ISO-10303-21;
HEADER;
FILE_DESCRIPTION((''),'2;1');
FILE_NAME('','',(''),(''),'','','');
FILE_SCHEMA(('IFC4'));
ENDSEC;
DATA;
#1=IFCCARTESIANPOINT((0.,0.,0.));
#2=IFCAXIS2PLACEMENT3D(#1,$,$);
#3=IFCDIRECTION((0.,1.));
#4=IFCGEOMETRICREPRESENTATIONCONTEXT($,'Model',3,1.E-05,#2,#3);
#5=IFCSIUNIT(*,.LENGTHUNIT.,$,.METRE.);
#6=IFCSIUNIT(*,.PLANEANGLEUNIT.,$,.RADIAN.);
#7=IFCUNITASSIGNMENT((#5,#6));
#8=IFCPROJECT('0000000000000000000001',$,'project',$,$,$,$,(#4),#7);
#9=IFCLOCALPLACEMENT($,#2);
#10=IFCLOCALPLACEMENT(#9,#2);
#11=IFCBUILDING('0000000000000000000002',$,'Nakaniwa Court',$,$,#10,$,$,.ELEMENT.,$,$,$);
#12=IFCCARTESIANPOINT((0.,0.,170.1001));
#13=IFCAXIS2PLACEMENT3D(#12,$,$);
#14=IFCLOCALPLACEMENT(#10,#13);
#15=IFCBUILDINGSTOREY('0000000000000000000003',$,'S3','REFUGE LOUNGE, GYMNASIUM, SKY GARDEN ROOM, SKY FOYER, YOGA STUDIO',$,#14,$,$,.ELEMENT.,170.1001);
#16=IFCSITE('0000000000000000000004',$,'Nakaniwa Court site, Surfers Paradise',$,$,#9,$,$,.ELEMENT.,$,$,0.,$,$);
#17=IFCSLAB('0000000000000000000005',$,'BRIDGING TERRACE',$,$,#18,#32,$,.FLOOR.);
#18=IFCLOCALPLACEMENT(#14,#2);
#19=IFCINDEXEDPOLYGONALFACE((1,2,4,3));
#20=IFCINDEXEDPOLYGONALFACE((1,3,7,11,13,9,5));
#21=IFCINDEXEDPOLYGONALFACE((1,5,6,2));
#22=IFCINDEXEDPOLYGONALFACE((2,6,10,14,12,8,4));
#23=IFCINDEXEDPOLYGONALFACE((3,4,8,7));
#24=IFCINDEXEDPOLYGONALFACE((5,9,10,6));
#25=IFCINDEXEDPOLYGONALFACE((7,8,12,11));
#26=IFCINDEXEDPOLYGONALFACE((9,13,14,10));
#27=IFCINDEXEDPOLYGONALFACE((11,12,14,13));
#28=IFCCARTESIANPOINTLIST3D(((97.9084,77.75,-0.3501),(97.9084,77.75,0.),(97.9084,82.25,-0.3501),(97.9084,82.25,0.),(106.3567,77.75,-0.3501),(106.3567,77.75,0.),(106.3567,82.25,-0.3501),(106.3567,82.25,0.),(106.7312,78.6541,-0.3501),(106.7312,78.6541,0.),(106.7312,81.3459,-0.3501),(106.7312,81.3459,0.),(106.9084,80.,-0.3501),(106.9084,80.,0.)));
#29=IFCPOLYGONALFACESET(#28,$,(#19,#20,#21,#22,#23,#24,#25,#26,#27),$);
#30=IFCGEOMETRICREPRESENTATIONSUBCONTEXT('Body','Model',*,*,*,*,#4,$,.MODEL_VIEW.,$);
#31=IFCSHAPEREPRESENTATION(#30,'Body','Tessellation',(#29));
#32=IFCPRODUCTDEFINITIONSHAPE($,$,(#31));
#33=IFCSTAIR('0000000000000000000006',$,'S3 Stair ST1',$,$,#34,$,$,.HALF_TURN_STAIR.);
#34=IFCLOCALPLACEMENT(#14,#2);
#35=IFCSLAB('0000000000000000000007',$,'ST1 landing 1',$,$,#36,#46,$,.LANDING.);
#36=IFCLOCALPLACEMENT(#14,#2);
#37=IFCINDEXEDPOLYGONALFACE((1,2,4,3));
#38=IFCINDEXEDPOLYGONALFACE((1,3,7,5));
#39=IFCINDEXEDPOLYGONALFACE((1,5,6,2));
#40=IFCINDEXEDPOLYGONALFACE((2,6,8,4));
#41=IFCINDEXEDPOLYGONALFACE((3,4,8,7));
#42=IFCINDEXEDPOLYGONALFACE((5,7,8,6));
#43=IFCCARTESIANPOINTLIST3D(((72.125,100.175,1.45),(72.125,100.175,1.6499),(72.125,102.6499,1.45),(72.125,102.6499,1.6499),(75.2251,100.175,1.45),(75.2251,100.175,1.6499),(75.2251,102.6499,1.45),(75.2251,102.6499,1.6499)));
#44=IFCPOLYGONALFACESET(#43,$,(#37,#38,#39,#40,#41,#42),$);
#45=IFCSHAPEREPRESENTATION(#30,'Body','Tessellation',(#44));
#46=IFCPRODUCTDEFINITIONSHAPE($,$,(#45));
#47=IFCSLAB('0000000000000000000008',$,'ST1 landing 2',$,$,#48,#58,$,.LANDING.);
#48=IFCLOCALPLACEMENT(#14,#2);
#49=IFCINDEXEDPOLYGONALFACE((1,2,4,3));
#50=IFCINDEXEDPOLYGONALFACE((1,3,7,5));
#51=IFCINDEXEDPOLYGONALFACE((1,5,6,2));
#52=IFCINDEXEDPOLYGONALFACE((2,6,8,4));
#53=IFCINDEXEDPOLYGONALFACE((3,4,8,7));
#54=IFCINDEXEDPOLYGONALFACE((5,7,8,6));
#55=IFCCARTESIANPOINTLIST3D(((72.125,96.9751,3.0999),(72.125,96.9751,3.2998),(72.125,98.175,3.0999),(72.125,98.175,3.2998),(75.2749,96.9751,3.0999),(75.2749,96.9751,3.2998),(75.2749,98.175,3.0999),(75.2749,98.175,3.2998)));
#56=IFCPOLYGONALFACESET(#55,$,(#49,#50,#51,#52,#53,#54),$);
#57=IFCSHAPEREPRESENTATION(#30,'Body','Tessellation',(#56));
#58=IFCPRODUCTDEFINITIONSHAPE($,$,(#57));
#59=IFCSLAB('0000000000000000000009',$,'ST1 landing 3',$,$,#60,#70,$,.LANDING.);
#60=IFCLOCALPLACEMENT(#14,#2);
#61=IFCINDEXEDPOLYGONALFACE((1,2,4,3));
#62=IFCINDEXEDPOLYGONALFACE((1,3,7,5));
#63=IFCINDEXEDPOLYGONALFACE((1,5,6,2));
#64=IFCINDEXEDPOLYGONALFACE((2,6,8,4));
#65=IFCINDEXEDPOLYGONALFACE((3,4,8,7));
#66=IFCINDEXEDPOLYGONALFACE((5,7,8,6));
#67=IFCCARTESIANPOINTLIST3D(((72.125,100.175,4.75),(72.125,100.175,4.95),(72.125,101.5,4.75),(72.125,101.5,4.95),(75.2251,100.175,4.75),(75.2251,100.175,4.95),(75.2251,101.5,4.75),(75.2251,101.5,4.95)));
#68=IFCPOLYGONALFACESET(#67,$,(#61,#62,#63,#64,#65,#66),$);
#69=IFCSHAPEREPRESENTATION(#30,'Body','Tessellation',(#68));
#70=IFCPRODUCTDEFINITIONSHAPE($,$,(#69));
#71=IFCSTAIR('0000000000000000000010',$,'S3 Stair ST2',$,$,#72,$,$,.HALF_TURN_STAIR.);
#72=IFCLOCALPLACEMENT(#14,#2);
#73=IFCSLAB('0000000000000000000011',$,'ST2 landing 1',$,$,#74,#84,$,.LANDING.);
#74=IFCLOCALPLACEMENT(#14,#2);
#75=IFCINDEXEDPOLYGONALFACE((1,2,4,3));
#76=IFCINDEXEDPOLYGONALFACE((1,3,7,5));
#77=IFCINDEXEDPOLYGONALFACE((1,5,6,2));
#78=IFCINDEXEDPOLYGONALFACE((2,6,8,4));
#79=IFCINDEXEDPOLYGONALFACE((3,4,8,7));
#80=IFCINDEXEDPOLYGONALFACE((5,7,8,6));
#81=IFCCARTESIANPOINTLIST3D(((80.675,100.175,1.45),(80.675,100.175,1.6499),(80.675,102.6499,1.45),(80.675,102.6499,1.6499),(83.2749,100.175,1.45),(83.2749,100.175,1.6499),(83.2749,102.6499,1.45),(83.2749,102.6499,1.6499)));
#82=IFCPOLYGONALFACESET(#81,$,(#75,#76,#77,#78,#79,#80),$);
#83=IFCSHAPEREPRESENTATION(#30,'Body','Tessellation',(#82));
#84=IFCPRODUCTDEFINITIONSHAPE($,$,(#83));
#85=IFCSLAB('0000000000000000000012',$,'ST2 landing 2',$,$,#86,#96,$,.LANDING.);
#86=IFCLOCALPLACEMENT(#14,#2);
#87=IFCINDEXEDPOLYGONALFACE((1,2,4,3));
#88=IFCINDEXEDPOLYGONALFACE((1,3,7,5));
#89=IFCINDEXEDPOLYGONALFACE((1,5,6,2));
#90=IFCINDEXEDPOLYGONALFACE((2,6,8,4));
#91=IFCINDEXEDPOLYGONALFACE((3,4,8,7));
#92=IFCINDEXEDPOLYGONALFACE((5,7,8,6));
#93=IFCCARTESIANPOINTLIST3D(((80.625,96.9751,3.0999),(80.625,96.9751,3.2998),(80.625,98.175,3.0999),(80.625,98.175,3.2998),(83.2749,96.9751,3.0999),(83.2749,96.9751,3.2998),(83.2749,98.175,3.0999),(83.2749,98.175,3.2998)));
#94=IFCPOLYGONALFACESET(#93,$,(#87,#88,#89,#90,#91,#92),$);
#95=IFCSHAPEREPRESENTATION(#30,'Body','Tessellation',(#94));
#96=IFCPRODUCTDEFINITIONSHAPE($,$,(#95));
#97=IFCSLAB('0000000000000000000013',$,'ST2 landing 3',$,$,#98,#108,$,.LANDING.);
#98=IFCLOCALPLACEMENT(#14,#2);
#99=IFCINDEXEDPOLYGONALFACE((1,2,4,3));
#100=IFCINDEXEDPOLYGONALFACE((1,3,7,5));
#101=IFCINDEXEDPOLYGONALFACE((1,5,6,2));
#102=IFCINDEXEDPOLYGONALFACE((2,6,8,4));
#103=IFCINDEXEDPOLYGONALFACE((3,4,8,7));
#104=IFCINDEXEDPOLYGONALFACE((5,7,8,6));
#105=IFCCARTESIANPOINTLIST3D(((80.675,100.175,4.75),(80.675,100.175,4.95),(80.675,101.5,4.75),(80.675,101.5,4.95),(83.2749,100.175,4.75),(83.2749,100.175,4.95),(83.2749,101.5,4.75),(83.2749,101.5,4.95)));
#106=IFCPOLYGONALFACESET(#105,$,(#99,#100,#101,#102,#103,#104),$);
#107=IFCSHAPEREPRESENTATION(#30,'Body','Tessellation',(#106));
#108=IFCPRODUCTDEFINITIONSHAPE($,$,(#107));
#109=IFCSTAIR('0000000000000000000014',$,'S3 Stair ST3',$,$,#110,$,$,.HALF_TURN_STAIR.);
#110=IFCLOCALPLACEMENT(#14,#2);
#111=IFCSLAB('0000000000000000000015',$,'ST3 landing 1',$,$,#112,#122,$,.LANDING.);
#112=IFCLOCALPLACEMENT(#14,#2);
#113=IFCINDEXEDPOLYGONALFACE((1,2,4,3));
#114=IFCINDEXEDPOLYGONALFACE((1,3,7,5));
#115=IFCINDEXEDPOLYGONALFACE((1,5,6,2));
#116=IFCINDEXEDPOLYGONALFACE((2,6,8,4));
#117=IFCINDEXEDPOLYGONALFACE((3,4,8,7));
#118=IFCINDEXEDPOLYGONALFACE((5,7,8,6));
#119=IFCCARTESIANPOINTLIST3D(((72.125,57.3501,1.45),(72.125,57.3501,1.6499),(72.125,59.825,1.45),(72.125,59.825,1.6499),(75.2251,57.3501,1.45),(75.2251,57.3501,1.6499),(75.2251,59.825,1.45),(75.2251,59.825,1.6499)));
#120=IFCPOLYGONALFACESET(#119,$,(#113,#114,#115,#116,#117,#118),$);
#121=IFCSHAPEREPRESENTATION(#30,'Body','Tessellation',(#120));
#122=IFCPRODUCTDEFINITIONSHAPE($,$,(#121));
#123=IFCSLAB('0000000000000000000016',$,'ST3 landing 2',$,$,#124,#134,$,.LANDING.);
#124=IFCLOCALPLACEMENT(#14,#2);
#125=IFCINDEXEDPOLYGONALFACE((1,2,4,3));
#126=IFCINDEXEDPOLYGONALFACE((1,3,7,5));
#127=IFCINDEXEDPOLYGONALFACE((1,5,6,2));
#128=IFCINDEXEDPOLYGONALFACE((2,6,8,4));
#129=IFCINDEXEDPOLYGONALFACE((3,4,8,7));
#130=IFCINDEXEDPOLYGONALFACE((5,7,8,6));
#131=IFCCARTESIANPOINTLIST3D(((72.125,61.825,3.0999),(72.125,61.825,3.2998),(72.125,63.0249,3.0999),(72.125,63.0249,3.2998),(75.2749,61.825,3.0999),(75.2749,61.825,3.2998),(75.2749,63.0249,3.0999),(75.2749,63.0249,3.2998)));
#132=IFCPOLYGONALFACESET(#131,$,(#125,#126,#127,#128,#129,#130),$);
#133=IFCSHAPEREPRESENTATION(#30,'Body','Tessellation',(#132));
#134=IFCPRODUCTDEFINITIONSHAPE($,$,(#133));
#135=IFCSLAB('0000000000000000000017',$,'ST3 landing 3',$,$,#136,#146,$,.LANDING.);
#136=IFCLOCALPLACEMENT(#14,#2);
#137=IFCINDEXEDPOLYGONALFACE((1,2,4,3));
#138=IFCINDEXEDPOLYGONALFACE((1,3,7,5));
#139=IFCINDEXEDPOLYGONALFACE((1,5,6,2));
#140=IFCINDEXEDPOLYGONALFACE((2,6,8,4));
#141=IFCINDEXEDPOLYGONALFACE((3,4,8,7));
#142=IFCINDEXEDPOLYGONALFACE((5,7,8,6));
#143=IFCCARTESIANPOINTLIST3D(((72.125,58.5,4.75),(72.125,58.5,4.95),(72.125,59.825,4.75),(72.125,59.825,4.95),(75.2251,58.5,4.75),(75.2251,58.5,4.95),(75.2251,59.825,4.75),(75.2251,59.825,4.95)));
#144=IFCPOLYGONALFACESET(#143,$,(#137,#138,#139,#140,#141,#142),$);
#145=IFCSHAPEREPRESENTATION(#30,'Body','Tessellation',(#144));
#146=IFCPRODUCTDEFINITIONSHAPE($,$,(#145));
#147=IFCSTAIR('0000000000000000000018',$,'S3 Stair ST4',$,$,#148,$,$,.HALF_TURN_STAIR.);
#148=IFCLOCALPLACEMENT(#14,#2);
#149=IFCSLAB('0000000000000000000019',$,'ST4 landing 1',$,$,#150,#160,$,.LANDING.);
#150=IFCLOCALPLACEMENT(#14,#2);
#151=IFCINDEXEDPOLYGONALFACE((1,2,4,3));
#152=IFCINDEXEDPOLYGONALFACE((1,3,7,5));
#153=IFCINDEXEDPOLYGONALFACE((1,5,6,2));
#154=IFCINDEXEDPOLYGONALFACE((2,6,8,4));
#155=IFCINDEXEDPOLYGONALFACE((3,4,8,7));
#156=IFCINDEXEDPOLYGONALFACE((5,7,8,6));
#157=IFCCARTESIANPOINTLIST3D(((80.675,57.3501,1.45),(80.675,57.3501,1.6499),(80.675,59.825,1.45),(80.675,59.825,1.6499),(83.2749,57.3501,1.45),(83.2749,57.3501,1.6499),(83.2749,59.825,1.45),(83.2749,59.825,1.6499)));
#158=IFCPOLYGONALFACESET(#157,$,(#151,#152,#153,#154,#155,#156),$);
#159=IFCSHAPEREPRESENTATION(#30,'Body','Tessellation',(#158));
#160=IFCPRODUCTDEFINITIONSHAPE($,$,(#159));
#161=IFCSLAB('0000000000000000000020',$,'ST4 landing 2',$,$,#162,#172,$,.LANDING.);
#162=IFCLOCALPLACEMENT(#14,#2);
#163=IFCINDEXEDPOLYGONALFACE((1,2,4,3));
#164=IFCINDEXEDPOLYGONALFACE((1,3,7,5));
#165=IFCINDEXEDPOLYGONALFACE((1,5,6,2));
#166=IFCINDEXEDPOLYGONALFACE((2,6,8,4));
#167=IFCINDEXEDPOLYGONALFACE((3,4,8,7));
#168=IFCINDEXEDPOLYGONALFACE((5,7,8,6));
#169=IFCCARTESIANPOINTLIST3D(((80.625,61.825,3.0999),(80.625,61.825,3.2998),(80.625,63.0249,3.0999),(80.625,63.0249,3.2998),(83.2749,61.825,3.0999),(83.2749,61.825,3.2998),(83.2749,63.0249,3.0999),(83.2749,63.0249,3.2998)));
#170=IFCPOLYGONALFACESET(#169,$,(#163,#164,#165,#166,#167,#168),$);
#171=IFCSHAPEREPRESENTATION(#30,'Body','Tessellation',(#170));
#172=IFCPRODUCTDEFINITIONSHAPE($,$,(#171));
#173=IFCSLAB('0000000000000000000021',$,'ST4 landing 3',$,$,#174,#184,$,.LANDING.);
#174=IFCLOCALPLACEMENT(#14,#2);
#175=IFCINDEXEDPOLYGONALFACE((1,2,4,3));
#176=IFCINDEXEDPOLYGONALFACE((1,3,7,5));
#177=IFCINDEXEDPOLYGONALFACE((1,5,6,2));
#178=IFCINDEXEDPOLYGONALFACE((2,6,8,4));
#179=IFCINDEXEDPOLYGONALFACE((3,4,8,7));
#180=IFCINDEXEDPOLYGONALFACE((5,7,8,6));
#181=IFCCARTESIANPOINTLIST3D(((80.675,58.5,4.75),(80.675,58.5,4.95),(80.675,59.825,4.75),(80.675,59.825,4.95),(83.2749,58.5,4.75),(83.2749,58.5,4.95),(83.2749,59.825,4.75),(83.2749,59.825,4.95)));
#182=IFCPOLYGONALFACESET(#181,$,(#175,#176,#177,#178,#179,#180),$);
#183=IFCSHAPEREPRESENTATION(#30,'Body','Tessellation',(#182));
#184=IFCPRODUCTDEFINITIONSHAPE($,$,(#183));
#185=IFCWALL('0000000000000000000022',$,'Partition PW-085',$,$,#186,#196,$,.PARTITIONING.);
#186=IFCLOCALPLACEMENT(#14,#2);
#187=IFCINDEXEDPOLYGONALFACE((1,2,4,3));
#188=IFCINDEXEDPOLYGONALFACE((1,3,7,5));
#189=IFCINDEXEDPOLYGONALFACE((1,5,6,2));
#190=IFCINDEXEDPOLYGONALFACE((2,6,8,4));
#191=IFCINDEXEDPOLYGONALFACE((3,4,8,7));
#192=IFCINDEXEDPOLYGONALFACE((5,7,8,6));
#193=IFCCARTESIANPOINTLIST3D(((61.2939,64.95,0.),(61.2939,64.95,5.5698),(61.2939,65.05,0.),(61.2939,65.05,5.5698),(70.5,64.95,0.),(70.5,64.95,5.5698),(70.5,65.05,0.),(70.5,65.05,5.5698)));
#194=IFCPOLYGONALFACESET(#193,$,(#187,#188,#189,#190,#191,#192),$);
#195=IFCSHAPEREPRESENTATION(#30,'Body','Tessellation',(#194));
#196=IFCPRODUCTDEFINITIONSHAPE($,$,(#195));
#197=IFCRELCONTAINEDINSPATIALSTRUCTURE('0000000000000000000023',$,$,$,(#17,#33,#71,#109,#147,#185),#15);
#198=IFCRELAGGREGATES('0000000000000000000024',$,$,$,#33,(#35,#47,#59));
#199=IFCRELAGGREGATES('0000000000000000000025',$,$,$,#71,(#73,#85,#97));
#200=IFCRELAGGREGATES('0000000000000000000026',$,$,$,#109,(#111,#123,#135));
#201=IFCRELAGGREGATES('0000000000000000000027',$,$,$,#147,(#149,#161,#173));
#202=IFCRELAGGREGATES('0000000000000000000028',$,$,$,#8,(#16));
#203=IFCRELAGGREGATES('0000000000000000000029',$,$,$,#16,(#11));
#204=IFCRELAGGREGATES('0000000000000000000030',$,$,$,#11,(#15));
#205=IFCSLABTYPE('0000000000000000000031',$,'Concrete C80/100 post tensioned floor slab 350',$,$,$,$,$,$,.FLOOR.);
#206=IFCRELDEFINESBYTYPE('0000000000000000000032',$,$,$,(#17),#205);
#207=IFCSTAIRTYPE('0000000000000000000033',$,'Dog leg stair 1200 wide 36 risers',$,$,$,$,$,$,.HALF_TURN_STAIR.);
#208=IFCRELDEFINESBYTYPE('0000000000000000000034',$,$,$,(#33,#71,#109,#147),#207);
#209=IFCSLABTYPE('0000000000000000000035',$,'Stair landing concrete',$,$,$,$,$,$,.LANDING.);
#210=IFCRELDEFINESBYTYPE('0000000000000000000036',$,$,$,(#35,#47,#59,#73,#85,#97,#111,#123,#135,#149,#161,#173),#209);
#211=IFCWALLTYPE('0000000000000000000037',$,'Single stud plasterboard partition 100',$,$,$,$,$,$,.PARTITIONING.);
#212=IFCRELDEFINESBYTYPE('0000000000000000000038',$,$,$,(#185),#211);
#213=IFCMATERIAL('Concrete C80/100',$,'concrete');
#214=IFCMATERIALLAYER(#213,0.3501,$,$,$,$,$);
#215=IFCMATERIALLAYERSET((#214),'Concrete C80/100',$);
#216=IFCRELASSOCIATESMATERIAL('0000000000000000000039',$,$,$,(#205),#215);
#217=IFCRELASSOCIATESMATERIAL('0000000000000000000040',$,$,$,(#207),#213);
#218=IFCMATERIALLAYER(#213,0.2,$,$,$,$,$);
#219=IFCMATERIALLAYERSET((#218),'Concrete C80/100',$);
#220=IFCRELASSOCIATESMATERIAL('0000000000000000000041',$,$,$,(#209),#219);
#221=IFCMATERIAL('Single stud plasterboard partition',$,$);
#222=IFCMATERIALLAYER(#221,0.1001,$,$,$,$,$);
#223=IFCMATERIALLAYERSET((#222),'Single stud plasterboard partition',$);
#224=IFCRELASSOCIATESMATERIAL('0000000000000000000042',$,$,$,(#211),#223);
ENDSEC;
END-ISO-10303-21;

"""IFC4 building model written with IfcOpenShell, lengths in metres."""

from ifc_helpers import new_model, si_unit, direction, frame, frame_2d, origin, place, context, subcontext, project, spatial, polyline, rectangle, outline, extrude, material, layer, layer_set, type_object, element, aggregate, save


model = new_model("IFC4")

# Units and contexts
model_context = context("Model", 3, precision=1e-05, world=origin(), true_north=direction((0.0, 1.0)))
body_context = subcontext(model_context, "Body", "Model", "MODEL_VIEW")
ifc_project = project(units=[si_unit("LENGTHUNIT", "METRE"), si_unit("PLANEANGLEUNIT", "RADIAN")], contexts=[model_context])

# Site, building, storey
site_placement = place(None, origin())
site = spatial("IfcSite", under=ifc_project, at=site_placement, Name="Nakaniwa Court site, Surfers Paradise", CompositionType="ELEMENT", RefElevation=0.0)
building_placement = place(site_placement, origin())
building = spatial("IfcBuilding", under=site, at=building_placement, Name="Nakaniwa Court", CompositionType="ELEMENT")
storey_placement = place(building_placement, frame((0.0, 0.0, 170.1001)))
storey = spatial("IfcBuildingStorey", under=building, at=storey_placement, Name="S3", Description="REFUGE LOUNGE, GYMNASIUM, SKY GARDEN ROOM, SKY FOYER, YOGA STUDIO", CompositionType="ELEMENT", Elevation=170.1001)

# Shared definitions
ifc_material_1 = material(Name="Concrete C80/100", Category="concrete")

# Slab
ifc_layer_1 = layer(ifc_material_1, 0.3501)
ifc_layer_set_1 = layer_set([ifc_layer_1], Name="Concrete C80/100")
slab_type_1 = type_object("IfcSlabType", Name="Concrete C80/100 post tensioned floor slab 350", PredefinedType="FLOOR", material=ifc_layer_set_1)
slab_1_placement = place(storey_placement, frame((0.0, 0.0, -0.3501)))
element("IfcSlab", 1, at=slab_1_placement, inside=storey, type_object=slab_type_1, Name="BRIDGING TERRACE", PredefinedType="FLOOR", context=body_context, shape_type="SweptSolid", body=[
    extrude(outline(polyline([(97.9084, 77.75), (106.3567, 77.75), (106.7312, 78.6541), (106.9084, 80.0), (106.7312, 81.3459), (106.3567, 82.25), (97.9084, 82.25), (97.9084, 77.75)])), origin(), (0.0, 0.0, 1.0), 0.3501),
])

# Stairs, slabs
stair_type = type_object("IfcStairType", Name="Dog leg stair 1200 wide 36 risers", PredefinedType="HALF_TURN_STAIR", material=ifc_material_1)
stair_1_placement = place(storey_placement, origin())
stair_1 = element("IfcStair", 2, at=stair_1_placement, inside=storey, type_object=stair_type, Name="S3 Stair ST1", PredefinedType="HALF_TURN_STAIR")
ifc_layer_2 = layer(ifc_material_1, 0.2)
ifc_layer_set_2 = layer_set([ifc_layer_2], Name="Concrete C80/100")
slab_type_2 = type_object("IfcSlabType", Name="Stair landing concrete", PredefinedType="LANDING", material=ifc_layer_set_2)
slab_2_placement = place(storey_placement, frame((0.0, 0.0, 1.45)))
slab_2 = element("IfcSlab", 3, at=slab_2_placement, type_object=slab_type_2, Name="ST1 landing 1", PredefinedType="LANDING", context=body_context, shape_type="SweptSolid", body=[
    extrude(outline(polyline([(75.2251, 100.175), (75.2251, 102.6499), (72.125, 102.6499), (72.125, 100.175), (75.2251, 100.175)])), origin(), (0.0, 0.0, 1.0), 0.2),
])
slab_3_placement = place(storey_placement, frame((0.0, 0.0, 3.0999)))
slab_3 = element("IfcSlab", 4, at=slab_3_placement, type_object=slab_type_2, Name="ST1 landing 2", PredefinedType="LANDING", context=body_context, shape_type="SweptSolid", body=[
    extrude(outline(polyline([(75.2749, 96.9751), (75.2749, 98.175), (72.125, 98.175), (72.125, 96.9751), (75.2749, 96.9751)])), origin(), (0.0, 0.0, 1.0), 0.2),
])
slab_4_placement = place(storey_placement, frame((0.0, 0.0, 4.75)))
slab_4 = element("IfcSlab", 5, at=slab_4_placement, type_object=slab_type_2, Name="ST1 landing 3", PredefinedType="LANDING", context=body_context, shape_type="SweptSolid", body=[
    extrude(outline(polyline([(75.2251, 100.175), (75.2251, 101.5), (72.125, 101.5), (72.125, 100.175), (75.2251, 100.175)])), origin(), (0.0, 0.0, 1.0), 0.2),
])
aggregate(stair_1, [slab_2, slab_3, slab_4])
stair_2_placement = place(storey_placement, origin())
stair_2 = element("IfcStair", 6, at=stair_2_placement, inside=storey, type_object=stair_type, Name="S3 Stair ST2", PredefinedType="HALF_TURN_STAIR")
slab_5_placement = place(storey_placement, frame((0.0, 0.0, 1.45)))
slab_5 = element("IfcSlab", 7, at=slab_5_placement, type_object=slab_type_2, Name="ST2 landing 1", PredefinedType="LANDING", context=body_context, shape_type="SweptSolid", body=[
    extrude(outline(polyline([(83.2749, 100.175), (83.2749, 102.6499), (80.675, 102.6499), (80.675, 100.175), (83.2749, 100.175)])), origin(), (0.0, 0.0, 1.0), 0.2),
])
slab_6_placement = place(storey_placement, frame((0.0, 0.0, 3.0999)))
slab_6 = element("IfcSlab", 8, at=slab_6_placement, type_object=slab_type_2, Name="ST2 landing 2", PredefinedType="LANDING", context=body_context, shape_type="SweptSolid", body=[
    extrude(outline(polyline([(83.2749, 96.9751), (83.2749, 98.175), (80.625, 98.175), (80.625, 96.9751), (83.2749, 96.9751)])), origin(), (0.0, 0.0, 1.0), 0.2),
])
slab_7_placement = place(storey_placement, frame((0.0, 0.0, 4.75)))
slab_7 = element("IfcSlab", 9, at=slab_7_placement, type_object=slab_type_2, Name="ST2 landing 3", PredefinedType="LANDING", context=body_context, shape_type="SweptSolid", body=[
    extrude(outline(polyline([(83.2749, 100.175), (83.2749, 101.5), (80.675, 101.5), (80.675, 100.175), (83.2749, 100.175)])), origin(), (0.0, 0.0, 1.0), 0.2),
])
aggregate(stair_2, [slab_5, slab_6, slab_7])
stair_3_placement = place(storey_placement, origin())
stair_3 = element("IfcStair", 10, at=stair_3_placement, inside=storey, type_object=stair_type, Name="S3 Stair ST3", PredefinedType="HALF_TURN_STAIR")
slab_8_placement = place(storey_placement, frame((0.0, 0.0, 1.45)))
slab_8 = element("IfcSlab", 11, at=slab_8_placement, type_object=slab_type_2, Name="ST3 landing 1", PredefinedType="LANDING", context=body_context, shape_type="SweptSolid", body=[
    extrude(outline(polyline([(75.2251, 57.3501), (75.2251, 59.825), (72.125, 59.825), (72.125, 57.3501), (75.2251, 57.3501)])), origin(), (0.0, 0.0, 1.0), 0.2),
])
slab_9_placement = place(storey_placement, frame((0.0, 0.0, 3.0999)))
slab_9 = element("IfcSlab", 12, at=slab_9_placement, type_object=slab_type_2, Name="ST3 landing 2", PredefinedType="LANDING", context=body_context, shape_type="SweptSolid", body=[
    extrude(outline(polyline([(75.2749, 61.825), (75.2749, 63.0249), (72.125, 63.0249), (72.125, 61.825), (75.2749, 61.825)])), origin(), (0.0, 0.0, 1.0), 0.2),
])
slab_10_placement = place(storey_placement, frame((0.0, 0.0, 4.75)))
slab_10 = element("IfcSlab", 13, at=slab_10_placement, type_object=slab_type_2, Name="ST3 landing 3", PredefinedType="LANDING", context=body_context, shape_type="SweptSolid", body=[
    extrude(outline(polyline([(75.2251, 58.5), (75.2251, 59.825), (72.125, 59.825), (72.125, 58.5), (75.2251, 58.5)])), origin(), (0.0, 0.0, 1.0), 0.2),
])
aggregate(stair_3, [slab_8, slab_9, slab_10])
stair_4_placement = place(storey_placement, origin())
stair_4 = element("IfcStair", 14, at=stair_4_placement, inside=storey, type_object=stair_type, Name="S3 Stair ST4", PredefinedType="HALF_TURN_STAIR")
slab_11_placement = place(storey_placement, frame((0.0, 0.0, 1.45)))
slab_11 = element("IfcSlab", 15, at=slab_11_placement, type_object=slab_type_2, Name="ST4 landing 1", PredefinedType="LANDING", context=body_context, shape_type="SweptSolid", body=[
    extrude(outline(polyline([(83.2749, 57.3501), (83.2749, 59.825), (80.675, 59.825), (80.675, 57.3501), (83.2749, 57.3501)])), origin(), (0.0, 0.0, 1.0), 0.2),
])
slab_12_placement = place(storey_placement, frame((0.0, 0.0, 3.0999)))
slab_12 = element("IfcSlab", 16, at=slab_12_placement, type_object=slab_type_2, Name="ST4 landing 2", PredefinedType="LANDING", context=body_context, shape_type="SweptSolid", body=[
    extrude(outline(polyline([(83.2749, 61.825), (83.2749, 63.0249), (80.625, 63.0249), (80.625, 61.825), (83.2749, 61.825)])), origin(), (0.0, 0.0, 1.0), 0.2),
])
slab_13_placement = place(storey_placement, frame((0.0, 0.0, 4.75)))
slab_13 = element("IfcSlab", 17, at=slab_13_placement, type_object=slab_type_2, Name="ST4 landing 3", PredefinedType="LANDING", context=body_context, shape_type="SweptSolid", body=[
    extrude(outline(polyline([(83.2749, 58.5), (83.2749, 59.825), (80.675, 59.825), (80.675, 58.5), (83.2749, 58.5)])), origin(), (0.0, 0.0, 1.0), 0.2),
])
aggregate(stair_4, [slab_11, slab_12, slab_13])

# Wall
ifc_material_2 = material(Name="Single stud plasterboard partition")
ifc_layer_3 = layer(ifc_material_2, 0.1001)
ifc_layer_set_3 = layer_set([ifc_layer_3], Name="Single stud plasterboard partition")
wall_type = type_object("IfcWallType", Name="Single stud plasterboard partition 100", PredefinedType="PARTITIONING", material=ifc_layer_set_3)
wall_placement = place(storey_placement, frame((61.2939, 65.0, 0.0), z_axis=(0.0, 0.0, 1.0), x_axis=(1.0, 0.0, 0.0)))
element("IfcWall", 18, at=wall_placement, inside=storey, type_object=wall_type, Name="Partition PW-085", PredefinedType="PARTITIONING", context=body_context, shape_type="SweptSolid", body=[
    extrude(rectangle(XDim=9.2061, YDim=0.1001, at=frame_2d((4.603, 0.0))), origin(), (0.0, 0.0, 1.0), 5.5698),
])

save(model, "model.ifc")
